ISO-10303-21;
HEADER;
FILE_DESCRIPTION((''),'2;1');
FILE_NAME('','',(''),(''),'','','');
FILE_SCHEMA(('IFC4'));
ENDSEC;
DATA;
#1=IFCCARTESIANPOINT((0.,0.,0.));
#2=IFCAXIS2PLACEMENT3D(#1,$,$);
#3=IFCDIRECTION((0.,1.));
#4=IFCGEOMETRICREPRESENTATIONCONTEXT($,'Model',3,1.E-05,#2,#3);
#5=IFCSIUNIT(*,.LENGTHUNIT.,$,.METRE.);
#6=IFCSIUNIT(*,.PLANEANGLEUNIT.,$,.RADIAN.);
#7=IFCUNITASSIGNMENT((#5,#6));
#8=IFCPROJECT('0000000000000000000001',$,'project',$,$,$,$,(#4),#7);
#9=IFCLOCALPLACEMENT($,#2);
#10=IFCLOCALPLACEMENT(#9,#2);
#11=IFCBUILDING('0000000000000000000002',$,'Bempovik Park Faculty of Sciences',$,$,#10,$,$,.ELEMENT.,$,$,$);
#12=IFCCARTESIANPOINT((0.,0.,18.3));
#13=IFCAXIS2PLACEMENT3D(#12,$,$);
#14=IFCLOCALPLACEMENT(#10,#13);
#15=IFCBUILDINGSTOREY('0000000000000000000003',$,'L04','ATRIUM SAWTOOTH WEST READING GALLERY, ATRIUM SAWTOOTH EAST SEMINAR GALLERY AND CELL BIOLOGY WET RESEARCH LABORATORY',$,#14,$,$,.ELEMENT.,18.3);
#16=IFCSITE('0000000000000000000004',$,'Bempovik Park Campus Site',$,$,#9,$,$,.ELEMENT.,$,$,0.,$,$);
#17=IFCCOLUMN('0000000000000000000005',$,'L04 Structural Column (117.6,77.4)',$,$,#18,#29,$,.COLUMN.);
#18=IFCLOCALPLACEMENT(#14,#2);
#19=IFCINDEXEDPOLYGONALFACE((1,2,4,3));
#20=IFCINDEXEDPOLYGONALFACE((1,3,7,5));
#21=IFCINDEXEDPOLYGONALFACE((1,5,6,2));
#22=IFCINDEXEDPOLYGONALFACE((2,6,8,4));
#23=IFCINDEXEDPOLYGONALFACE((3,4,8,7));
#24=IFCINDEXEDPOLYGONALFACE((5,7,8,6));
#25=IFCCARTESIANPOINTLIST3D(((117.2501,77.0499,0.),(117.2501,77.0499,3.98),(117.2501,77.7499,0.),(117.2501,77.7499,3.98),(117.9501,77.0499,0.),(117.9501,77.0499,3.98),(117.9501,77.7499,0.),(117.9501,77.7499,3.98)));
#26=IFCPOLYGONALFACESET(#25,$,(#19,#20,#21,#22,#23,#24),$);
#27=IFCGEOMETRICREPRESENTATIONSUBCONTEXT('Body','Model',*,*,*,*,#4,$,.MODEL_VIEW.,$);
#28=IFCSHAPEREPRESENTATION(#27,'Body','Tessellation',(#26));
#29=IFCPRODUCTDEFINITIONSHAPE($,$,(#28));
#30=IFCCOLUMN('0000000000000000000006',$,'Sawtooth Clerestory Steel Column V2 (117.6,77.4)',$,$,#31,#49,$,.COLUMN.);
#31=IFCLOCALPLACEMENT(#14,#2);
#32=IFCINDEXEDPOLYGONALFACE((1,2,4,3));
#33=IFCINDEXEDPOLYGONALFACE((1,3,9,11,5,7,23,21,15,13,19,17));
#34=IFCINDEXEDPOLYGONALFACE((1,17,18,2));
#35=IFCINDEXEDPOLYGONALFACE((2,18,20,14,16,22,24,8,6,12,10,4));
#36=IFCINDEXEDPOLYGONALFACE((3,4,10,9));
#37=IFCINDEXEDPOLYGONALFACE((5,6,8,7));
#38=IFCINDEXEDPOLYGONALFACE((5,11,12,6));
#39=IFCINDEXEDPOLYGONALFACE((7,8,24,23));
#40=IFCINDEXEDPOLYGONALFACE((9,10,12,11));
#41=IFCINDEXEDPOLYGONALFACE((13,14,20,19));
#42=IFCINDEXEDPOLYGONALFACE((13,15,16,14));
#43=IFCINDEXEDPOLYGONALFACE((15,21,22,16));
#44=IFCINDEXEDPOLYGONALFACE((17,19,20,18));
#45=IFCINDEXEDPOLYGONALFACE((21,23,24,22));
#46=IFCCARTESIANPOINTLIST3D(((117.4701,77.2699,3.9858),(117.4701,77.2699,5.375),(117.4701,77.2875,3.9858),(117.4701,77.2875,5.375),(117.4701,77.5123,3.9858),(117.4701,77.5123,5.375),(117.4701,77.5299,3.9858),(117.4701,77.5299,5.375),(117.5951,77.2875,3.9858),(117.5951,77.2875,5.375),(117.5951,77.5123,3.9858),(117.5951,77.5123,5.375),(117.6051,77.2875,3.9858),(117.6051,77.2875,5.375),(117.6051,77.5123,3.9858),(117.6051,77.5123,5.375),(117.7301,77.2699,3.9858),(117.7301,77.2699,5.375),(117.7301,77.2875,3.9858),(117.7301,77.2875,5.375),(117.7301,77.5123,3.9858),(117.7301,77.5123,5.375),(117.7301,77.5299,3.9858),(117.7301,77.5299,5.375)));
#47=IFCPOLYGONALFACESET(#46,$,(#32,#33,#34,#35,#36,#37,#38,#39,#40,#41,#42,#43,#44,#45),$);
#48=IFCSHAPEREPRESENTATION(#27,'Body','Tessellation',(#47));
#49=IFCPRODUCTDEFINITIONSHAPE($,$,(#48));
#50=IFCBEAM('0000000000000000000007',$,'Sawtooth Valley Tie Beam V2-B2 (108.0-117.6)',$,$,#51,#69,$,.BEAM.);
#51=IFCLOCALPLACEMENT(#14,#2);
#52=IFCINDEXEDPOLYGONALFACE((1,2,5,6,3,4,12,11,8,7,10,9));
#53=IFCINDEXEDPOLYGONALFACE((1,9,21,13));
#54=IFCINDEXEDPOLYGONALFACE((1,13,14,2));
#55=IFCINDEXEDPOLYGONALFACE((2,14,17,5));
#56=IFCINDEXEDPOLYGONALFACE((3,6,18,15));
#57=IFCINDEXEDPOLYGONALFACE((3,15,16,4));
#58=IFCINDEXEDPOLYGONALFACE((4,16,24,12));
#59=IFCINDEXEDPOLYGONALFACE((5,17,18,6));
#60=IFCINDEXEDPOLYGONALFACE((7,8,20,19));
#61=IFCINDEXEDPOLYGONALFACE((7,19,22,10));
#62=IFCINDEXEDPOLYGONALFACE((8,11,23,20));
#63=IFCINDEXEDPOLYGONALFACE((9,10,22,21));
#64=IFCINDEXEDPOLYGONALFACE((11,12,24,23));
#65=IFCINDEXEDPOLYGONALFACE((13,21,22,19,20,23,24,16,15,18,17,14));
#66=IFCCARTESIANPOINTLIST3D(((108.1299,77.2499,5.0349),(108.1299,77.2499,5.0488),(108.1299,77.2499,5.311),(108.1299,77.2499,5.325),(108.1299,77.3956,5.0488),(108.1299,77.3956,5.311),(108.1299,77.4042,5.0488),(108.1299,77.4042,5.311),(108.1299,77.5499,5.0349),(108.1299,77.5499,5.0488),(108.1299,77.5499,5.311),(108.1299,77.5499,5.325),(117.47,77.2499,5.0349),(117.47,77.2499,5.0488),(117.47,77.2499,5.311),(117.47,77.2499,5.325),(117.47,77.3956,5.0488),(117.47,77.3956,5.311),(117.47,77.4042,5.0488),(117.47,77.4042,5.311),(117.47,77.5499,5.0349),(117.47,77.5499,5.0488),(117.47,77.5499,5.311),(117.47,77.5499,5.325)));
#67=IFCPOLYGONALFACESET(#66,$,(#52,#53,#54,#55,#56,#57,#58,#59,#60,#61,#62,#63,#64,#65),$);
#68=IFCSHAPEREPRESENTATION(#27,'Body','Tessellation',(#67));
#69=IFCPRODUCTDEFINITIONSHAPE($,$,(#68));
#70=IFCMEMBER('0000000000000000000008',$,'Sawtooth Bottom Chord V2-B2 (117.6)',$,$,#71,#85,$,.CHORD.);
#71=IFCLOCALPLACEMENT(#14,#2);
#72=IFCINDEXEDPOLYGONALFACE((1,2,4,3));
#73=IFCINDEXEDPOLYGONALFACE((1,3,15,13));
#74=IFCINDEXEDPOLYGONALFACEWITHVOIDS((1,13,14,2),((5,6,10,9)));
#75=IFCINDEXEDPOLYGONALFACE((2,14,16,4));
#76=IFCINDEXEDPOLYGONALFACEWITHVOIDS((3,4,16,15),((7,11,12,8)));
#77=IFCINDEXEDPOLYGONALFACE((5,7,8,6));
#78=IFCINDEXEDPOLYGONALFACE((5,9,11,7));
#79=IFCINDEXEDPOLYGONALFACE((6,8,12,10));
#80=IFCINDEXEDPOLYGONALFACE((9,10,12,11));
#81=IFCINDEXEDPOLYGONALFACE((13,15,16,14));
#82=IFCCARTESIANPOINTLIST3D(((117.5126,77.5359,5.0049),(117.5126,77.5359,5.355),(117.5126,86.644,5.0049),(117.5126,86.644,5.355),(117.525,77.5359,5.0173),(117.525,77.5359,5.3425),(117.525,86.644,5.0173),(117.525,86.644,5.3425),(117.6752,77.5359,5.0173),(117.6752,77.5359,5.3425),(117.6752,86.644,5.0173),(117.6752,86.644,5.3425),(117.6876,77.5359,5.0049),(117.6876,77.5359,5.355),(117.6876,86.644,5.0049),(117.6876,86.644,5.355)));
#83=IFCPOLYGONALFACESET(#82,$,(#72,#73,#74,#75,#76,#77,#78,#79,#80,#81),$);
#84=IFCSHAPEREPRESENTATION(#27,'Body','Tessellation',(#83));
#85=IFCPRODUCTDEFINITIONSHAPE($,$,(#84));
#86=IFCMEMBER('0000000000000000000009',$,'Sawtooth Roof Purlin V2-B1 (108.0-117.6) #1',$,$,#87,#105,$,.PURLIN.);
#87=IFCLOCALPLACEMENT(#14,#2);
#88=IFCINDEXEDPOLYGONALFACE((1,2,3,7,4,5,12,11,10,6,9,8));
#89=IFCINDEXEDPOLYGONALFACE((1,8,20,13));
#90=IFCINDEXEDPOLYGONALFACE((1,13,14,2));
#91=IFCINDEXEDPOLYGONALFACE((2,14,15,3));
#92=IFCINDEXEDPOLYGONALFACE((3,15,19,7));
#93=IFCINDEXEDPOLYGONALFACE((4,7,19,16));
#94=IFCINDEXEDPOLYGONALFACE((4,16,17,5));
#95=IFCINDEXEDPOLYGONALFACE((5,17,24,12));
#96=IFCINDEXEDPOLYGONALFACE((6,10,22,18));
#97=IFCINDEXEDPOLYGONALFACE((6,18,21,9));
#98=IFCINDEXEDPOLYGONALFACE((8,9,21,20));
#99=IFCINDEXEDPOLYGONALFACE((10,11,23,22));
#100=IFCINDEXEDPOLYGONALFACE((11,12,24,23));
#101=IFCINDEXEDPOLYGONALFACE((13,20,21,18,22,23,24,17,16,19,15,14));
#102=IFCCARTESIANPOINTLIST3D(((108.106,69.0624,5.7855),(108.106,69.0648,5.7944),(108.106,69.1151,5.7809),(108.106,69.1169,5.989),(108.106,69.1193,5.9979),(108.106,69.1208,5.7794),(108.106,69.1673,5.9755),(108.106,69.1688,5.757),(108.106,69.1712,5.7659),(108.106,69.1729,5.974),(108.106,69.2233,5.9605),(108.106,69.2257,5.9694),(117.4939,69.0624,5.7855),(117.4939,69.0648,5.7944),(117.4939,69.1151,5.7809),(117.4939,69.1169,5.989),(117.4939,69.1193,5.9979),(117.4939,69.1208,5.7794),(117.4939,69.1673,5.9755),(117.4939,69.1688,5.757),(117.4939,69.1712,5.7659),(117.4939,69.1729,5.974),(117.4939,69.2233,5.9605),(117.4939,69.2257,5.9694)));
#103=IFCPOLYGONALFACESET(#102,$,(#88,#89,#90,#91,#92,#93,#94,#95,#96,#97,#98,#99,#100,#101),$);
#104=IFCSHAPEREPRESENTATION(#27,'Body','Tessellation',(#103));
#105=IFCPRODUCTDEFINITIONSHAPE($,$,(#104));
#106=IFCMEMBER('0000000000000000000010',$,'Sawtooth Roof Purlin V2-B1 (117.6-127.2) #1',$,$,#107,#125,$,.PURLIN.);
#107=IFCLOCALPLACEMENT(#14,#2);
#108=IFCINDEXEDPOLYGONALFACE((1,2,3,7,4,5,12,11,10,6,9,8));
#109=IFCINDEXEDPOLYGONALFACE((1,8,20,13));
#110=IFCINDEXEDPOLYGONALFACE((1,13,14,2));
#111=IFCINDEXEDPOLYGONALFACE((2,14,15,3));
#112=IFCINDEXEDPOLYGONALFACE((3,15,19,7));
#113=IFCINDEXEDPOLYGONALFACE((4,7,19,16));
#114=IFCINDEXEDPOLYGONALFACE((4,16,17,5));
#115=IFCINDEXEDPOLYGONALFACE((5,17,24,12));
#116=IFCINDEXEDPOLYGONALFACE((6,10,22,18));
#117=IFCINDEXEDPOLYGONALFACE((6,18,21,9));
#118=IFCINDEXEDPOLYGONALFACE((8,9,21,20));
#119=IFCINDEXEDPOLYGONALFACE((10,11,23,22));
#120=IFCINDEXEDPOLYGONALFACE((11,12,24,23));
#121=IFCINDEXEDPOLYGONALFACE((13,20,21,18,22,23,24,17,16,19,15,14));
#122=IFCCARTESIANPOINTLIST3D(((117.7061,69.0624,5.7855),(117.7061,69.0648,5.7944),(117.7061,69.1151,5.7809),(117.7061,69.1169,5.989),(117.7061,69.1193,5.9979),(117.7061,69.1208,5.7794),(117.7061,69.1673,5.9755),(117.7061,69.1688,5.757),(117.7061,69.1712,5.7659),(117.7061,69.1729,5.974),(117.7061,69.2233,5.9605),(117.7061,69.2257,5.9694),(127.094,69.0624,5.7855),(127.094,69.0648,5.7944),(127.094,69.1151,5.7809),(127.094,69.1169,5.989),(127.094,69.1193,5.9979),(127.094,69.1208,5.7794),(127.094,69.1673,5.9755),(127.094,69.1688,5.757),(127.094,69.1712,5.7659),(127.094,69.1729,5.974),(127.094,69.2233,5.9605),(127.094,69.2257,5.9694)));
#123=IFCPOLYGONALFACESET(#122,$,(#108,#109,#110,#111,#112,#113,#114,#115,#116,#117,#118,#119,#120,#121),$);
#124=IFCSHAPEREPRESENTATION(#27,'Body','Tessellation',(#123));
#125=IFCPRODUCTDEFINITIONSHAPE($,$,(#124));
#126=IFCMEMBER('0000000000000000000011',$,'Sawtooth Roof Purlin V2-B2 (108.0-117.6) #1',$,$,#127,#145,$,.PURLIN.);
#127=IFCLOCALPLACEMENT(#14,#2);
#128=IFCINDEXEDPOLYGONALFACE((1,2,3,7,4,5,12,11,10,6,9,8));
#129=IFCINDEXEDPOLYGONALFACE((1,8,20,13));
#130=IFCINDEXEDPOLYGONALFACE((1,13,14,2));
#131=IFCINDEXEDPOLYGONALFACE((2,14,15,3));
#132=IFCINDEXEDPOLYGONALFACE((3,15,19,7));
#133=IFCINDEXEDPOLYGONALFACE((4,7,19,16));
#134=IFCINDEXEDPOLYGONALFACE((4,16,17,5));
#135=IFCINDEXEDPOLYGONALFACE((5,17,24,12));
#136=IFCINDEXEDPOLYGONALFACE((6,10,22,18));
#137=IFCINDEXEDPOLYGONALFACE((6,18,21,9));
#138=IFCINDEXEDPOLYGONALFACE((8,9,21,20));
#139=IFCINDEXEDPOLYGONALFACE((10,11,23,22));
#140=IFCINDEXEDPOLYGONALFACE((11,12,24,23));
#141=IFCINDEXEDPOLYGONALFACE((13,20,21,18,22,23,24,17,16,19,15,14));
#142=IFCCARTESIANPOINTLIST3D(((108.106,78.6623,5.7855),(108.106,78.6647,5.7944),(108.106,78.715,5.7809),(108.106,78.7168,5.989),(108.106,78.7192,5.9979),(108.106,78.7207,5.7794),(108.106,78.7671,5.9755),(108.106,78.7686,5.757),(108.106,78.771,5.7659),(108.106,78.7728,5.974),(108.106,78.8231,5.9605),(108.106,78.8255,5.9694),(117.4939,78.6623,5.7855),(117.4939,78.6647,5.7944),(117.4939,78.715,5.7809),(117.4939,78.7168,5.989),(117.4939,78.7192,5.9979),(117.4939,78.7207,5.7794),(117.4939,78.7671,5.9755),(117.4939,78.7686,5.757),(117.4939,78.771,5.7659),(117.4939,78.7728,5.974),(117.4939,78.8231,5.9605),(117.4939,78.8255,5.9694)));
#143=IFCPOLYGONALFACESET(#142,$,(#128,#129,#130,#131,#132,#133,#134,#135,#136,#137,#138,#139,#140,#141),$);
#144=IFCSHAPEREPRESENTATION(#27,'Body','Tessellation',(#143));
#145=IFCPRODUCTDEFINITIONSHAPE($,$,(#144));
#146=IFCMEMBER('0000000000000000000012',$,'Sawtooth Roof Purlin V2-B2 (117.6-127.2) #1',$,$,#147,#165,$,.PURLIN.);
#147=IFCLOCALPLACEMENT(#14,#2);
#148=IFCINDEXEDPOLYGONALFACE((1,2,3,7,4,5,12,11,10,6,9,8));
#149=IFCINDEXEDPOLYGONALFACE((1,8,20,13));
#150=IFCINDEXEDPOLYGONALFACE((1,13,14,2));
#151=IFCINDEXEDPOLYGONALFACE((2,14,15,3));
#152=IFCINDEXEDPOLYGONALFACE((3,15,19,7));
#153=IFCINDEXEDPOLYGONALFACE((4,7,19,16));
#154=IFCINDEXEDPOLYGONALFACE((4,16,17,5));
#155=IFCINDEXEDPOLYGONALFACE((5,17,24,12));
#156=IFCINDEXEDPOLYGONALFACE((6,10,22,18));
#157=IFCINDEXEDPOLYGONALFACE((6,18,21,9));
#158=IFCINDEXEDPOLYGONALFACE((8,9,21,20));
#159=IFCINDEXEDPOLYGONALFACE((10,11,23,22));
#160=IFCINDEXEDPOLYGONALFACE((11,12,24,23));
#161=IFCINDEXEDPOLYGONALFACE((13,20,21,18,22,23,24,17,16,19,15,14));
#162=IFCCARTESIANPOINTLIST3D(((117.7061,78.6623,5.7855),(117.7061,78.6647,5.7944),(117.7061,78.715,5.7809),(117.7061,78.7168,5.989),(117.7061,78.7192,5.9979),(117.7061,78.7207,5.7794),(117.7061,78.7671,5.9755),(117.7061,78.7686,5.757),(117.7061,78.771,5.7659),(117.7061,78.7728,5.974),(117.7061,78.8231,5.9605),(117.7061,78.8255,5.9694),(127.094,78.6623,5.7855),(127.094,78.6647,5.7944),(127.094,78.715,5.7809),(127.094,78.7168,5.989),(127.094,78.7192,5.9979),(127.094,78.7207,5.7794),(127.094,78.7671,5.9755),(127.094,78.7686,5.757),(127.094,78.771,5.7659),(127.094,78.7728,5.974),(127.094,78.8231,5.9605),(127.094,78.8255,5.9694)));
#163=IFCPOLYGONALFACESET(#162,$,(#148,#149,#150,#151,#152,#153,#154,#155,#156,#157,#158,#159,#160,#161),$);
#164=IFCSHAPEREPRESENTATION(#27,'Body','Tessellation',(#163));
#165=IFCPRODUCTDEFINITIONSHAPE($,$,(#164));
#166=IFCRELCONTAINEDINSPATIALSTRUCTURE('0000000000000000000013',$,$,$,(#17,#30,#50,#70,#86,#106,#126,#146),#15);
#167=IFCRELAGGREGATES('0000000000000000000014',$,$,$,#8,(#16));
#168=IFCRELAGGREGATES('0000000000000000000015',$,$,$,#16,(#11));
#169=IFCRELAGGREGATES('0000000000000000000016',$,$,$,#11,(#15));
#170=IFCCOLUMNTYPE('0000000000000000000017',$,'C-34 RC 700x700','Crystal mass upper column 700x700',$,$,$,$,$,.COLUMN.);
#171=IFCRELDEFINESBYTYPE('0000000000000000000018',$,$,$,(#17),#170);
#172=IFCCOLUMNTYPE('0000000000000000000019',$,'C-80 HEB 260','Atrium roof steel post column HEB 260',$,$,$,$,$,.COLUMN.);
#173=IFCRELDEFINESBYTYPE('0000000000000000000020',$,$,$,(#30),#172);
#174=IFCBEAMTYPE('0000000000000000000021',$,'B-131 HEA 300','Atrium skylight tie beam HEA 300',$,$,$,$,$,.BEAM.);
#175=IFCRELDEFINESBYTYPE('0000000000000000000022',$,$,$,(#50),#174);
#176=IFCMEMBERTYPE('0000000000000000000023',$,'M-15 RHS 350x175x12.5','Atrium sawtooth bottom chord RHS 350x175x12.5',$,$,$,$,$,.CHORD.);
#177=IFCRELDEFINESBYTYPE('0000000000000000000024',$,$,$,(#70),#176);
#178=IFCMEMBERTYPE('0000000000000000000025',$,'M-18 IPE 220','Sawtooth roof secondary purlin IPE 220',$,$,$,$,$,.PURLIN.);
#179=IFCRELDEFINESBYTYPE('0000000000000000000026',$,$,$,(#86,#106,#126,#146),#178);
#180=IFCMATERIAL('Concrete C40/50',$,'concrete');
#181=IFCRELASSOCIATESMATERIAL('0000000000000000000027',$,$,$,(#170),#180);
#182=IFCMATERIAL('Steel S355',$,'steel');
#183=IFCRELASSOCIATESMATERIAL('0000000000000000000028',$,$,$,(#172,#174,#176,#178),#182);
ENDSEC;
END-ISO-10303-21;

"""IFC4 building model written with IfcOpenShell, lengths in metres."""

from ifc_helpers import new_model, si_unit, direction, frame, origin, origin_2d, place, context, subcontext, project, spatial, rectangle, hollow_rectangle, i_section, extrude, material, material_profile, profile_set, type_object, element, save


model = new_model("IFC4")

# Units and contexts
model_context = context("Model", 3, precision=1e-05, world=origin(), true_north=direction((0.0, 1.0)))
body_context = subcontext(model_context, "Body", "Model", "MODEL_VIEW")
ifc_project = project(units=[si_unit("LENGTHUNIT", "METRE"), si_unit("PLANEANGLEUNIT", "RADIAN")], contexts=[model_context])

# Site, building, storey
site_placement = place(None, origin())
site = spatial("IfcSite", under=ifc_project, at=site_placement, Name="Bempovik Park Campus Site", CompositionType="ELEMENT", RefElevation=0.0)
building_placement = place(site_placement, origin())
building = spatial("IfcBuilding", under=site, at=building_placement, Name="Bempovik Park Faculty of Sciences", CompositionType="ELEMENT")
storey_placement = place(building_placement, frame((0.0, 0.0, 18.3)))
storey = spatial("IfcBuildingStorey", under=building, at=storey_placement, Name="L04", Description="ATRIUM SAWTOOTH WEST READING GALLERY, ATRIUM SAWTOOTH EAST SEMINAR GALLERY AND CELL BIOLOGY WET RESEARCH LABORATORY", CompositionType="ELEMENT", Elevation=18.3)

# Columns
ifc_material_1 = material(Name="Concrete C40/50", Category="concrete")
ifc_material_profile_1 = material_profile(ifc_material_1, rectangle(XDim=0.7, YDim=0.7, at=origin_2d()), Name="RC 700x700")
ifc_profile_set_1 = profile_set([ifc_material_profile_1], Name="Concrete C40/50")
column_type_1 = type_object("IfcColumnType", Name="C-34 RC 700x700", Description="Crystal mass upper column 700x700", PredefinedType="COLUMN", material=ifc_profile_set_1)
column_1_placement = place(storey_placement, frame((117.6001, 77.3999, 0.0), z_axis=(0.0, 0.0, 1.0), x_axis=(1.0, 0.0, 0.0)))
element("IfcColumn", 1, at=column_1_placement, inside=storey, type_object=column_type_1, Name="L04 Structural Column (117.6,77.4)", PredefinedType="COLUMN", context=body_context, shape_type="SweptSolid", body=[
    extrude(rectangle(XDim=0.7, YDim=0.7, at=origin_2d()), origin(), (0.0, 0.0, 1.0), 3.98),
])
ifc_material_2 = material(Name="Steel S355", Category="steel")
ifc_material_profile_2 = material_profile(ifc_material_2, i_section(OverallWidth=0.26, OverallDepth=0.26, WebThickness=0.01, FlangeThickness=0.0176, at=origin_2d()), Name="HEB 260")
ifc_profile_set_2 = profile_set([ifc_material_profile_2], Name="Steel S355")
column_type_2 = type_object("IfcColumnType", Name="C-80 HEB 260", Description="Atrium roof steel post column HEB 260", PredefinedType="COLUMN", material=ifc_profile_set_2)
column_2_placement = place(storey_placement, frame((117.6001, 77.3999, 3.9858), z_axis=(0.0, 0.0, 1.0), x_axis=(1.0, 0.0, 0.0)))
element("IfcColumn", 2, at=column_2_placement, inside=storey, type_object=column_type_2, Name="Sawtooth Clerestory Steel Column V2 (117.6,77.4)", PredefinedType="COLUMN", context=body_context, shape_type="SweptSolid", body=[
    extrude(i_section(OverallWidth=0.26, OverallDepth=0.26, WebThickness=0.01, FlangeThickness=0.0176, at=origin_2d()), origin(), (0.0, 0.0, 1.0), 1.3892),
])

# Beam
ifc_material_profile_3 = material_profile(ifc_material_2, i_section(OverallWidth=0.3, OverallDepth=0.29, WebThickness=0.0085, FlangeThickness=0.0139, at=origin_2d()), Name="HEA 300")
ifc_profile_set_3 = profile_set([ifc_material_profile_3], Name="Steel S355")
beam_type = type_object("IfcBeamType", Name="B-131 HEA 300", Description="Atrium skylight tie beam HEA 300", PredefinedType="BEAM", material=ifc_profile_set_3)
beam_placement = place(storey_placement, frame((108.1299, 77.3999, 5.1799), z_axis=(1.0, 0.0, 0.0), x_axis=(0.0, 1.0, 0.0)))
element("IfcBeam", 3, at=beam_placement, inside=storey, type_object=beam_type, Name="Sawtooth Valley Tie Beam V2-B2 (108.0-117.6)", PredefinedType="BEAM", context=body_context, shape_type="SweptSolid", body=[
    extrude(i_section(OverallWidth=0.3, OverallDepth=0.29, WebThickness=0.0085, FlangeThickness=0.0139, at=origin_2d()), origin(), (0.0, 0.0, 1.0), 9.3401),
])

# Members
ifc_material_profile_4 = material_profile(ifc_material_2, hollow_rectangle(XDim=0.175, YDim=0.3501, WallThickness=0.0125, at=origin_2d()), Name="RHS 350x175x12.5")
ifc_profile_set_4 = profile_set([ifc_material_profile_4], Name="Steel S355")
member_type_1 = type_object("IfcMemberType", Name="M-15 RHS 350x175x12.5", Description="Atrium sawtooth bottom chord RHS 350x175x12.5", PredefinedType="CHORD", material=ifc_profile_set_4)
member_1_placement = place(storey_placement, frame((117.6001, 77.5359, 5.1799), z_axis=(0.0, 1.0, 0.0), x_axis=(-1.0, 0.0, 0.0)))
element("IfcMember", 4, at=member_1_placement, inside=storey, type_object=member_type_1, Name="Sawtooth Bottom Chord V2-B2 (117.6)", PredefinedType="CHORD", context=body_context, shape_type="SweptSolid", body=[
    extrude(hollow_rectangle(XDim=0.175, YDim=0.3501, WallThickness=0.0125, at=origin_2d()), origin(), (0.0, 0.0, 1.0), 9.1082),
])
ifc_material_profile_5 = material_profile(ifc_material_2, i_section(OverallWidth=0.1101, OverallDepth=0.22, WebThickness=0.0059, FlangeThickness=0.0093, at=origin_2d()), Name="IPE 220")
ifc_profile_set_5 = profile_set([ifc_material_profile_5], Name="Steel S355")
member_type_2 = type_object("IfcMemberType", Name="M-18 IPE 220", Description="Sawtooth roof secondary purlin IPE 220", PredefinedType="PURLIN", material=ifc_profile_set_5)
for number, where, z_axis, x_axis, name in (
    (5, (108.106, 69.144, 5.8774), (1.0, 0.0, 0.0), (0.0, 0.965926, -0.258819), "Sawtooth Roof Purlin V2-B1 (108.0-117.6) #1"),
    (6, (117.7061, 69.144, 5.8774), (1.0, 0.0, 0.0), (0.0, 0.965926, -0.258819), "Sawtooth Roof Purlin V2-B1 (117.6-127.2) #1"),
    (7, (108.106, 78.7439, 5.8774), (1.0, 0.0, 0.0), (0.0, 0.965926, -0.258819), "Sawtooth Roof Purlin V2-B2 (108.0-117.6) #1"),
    (8, (117.7061, 78.7439, 5.8774), (1.0, 0.0, 0.0), (0.0, 0.965926, -0.258819), "Sawtooth Roof Purlin V2-B2 (117.6-127.2) #1"),
):
    element("IfcMember", number, at=place(storey_placement, frame(where, z_axis=z_axis, x_axis=x_axis)), inside=storey, type_object=member_type_2, Name=name, PredefinedType="PURLIN", context=body_context, shape_type="SweptSolid", body=[
        extrude(i_section(OverallWidth=0.1101, OverallDepth=0.22, WebThickness=0.0059, FlangeThickness=0.0093, at=origin_2d()), origin(), (0.0, 0.0, 1.0), 9.3879),
    ])

save(model, "model.ifc")
